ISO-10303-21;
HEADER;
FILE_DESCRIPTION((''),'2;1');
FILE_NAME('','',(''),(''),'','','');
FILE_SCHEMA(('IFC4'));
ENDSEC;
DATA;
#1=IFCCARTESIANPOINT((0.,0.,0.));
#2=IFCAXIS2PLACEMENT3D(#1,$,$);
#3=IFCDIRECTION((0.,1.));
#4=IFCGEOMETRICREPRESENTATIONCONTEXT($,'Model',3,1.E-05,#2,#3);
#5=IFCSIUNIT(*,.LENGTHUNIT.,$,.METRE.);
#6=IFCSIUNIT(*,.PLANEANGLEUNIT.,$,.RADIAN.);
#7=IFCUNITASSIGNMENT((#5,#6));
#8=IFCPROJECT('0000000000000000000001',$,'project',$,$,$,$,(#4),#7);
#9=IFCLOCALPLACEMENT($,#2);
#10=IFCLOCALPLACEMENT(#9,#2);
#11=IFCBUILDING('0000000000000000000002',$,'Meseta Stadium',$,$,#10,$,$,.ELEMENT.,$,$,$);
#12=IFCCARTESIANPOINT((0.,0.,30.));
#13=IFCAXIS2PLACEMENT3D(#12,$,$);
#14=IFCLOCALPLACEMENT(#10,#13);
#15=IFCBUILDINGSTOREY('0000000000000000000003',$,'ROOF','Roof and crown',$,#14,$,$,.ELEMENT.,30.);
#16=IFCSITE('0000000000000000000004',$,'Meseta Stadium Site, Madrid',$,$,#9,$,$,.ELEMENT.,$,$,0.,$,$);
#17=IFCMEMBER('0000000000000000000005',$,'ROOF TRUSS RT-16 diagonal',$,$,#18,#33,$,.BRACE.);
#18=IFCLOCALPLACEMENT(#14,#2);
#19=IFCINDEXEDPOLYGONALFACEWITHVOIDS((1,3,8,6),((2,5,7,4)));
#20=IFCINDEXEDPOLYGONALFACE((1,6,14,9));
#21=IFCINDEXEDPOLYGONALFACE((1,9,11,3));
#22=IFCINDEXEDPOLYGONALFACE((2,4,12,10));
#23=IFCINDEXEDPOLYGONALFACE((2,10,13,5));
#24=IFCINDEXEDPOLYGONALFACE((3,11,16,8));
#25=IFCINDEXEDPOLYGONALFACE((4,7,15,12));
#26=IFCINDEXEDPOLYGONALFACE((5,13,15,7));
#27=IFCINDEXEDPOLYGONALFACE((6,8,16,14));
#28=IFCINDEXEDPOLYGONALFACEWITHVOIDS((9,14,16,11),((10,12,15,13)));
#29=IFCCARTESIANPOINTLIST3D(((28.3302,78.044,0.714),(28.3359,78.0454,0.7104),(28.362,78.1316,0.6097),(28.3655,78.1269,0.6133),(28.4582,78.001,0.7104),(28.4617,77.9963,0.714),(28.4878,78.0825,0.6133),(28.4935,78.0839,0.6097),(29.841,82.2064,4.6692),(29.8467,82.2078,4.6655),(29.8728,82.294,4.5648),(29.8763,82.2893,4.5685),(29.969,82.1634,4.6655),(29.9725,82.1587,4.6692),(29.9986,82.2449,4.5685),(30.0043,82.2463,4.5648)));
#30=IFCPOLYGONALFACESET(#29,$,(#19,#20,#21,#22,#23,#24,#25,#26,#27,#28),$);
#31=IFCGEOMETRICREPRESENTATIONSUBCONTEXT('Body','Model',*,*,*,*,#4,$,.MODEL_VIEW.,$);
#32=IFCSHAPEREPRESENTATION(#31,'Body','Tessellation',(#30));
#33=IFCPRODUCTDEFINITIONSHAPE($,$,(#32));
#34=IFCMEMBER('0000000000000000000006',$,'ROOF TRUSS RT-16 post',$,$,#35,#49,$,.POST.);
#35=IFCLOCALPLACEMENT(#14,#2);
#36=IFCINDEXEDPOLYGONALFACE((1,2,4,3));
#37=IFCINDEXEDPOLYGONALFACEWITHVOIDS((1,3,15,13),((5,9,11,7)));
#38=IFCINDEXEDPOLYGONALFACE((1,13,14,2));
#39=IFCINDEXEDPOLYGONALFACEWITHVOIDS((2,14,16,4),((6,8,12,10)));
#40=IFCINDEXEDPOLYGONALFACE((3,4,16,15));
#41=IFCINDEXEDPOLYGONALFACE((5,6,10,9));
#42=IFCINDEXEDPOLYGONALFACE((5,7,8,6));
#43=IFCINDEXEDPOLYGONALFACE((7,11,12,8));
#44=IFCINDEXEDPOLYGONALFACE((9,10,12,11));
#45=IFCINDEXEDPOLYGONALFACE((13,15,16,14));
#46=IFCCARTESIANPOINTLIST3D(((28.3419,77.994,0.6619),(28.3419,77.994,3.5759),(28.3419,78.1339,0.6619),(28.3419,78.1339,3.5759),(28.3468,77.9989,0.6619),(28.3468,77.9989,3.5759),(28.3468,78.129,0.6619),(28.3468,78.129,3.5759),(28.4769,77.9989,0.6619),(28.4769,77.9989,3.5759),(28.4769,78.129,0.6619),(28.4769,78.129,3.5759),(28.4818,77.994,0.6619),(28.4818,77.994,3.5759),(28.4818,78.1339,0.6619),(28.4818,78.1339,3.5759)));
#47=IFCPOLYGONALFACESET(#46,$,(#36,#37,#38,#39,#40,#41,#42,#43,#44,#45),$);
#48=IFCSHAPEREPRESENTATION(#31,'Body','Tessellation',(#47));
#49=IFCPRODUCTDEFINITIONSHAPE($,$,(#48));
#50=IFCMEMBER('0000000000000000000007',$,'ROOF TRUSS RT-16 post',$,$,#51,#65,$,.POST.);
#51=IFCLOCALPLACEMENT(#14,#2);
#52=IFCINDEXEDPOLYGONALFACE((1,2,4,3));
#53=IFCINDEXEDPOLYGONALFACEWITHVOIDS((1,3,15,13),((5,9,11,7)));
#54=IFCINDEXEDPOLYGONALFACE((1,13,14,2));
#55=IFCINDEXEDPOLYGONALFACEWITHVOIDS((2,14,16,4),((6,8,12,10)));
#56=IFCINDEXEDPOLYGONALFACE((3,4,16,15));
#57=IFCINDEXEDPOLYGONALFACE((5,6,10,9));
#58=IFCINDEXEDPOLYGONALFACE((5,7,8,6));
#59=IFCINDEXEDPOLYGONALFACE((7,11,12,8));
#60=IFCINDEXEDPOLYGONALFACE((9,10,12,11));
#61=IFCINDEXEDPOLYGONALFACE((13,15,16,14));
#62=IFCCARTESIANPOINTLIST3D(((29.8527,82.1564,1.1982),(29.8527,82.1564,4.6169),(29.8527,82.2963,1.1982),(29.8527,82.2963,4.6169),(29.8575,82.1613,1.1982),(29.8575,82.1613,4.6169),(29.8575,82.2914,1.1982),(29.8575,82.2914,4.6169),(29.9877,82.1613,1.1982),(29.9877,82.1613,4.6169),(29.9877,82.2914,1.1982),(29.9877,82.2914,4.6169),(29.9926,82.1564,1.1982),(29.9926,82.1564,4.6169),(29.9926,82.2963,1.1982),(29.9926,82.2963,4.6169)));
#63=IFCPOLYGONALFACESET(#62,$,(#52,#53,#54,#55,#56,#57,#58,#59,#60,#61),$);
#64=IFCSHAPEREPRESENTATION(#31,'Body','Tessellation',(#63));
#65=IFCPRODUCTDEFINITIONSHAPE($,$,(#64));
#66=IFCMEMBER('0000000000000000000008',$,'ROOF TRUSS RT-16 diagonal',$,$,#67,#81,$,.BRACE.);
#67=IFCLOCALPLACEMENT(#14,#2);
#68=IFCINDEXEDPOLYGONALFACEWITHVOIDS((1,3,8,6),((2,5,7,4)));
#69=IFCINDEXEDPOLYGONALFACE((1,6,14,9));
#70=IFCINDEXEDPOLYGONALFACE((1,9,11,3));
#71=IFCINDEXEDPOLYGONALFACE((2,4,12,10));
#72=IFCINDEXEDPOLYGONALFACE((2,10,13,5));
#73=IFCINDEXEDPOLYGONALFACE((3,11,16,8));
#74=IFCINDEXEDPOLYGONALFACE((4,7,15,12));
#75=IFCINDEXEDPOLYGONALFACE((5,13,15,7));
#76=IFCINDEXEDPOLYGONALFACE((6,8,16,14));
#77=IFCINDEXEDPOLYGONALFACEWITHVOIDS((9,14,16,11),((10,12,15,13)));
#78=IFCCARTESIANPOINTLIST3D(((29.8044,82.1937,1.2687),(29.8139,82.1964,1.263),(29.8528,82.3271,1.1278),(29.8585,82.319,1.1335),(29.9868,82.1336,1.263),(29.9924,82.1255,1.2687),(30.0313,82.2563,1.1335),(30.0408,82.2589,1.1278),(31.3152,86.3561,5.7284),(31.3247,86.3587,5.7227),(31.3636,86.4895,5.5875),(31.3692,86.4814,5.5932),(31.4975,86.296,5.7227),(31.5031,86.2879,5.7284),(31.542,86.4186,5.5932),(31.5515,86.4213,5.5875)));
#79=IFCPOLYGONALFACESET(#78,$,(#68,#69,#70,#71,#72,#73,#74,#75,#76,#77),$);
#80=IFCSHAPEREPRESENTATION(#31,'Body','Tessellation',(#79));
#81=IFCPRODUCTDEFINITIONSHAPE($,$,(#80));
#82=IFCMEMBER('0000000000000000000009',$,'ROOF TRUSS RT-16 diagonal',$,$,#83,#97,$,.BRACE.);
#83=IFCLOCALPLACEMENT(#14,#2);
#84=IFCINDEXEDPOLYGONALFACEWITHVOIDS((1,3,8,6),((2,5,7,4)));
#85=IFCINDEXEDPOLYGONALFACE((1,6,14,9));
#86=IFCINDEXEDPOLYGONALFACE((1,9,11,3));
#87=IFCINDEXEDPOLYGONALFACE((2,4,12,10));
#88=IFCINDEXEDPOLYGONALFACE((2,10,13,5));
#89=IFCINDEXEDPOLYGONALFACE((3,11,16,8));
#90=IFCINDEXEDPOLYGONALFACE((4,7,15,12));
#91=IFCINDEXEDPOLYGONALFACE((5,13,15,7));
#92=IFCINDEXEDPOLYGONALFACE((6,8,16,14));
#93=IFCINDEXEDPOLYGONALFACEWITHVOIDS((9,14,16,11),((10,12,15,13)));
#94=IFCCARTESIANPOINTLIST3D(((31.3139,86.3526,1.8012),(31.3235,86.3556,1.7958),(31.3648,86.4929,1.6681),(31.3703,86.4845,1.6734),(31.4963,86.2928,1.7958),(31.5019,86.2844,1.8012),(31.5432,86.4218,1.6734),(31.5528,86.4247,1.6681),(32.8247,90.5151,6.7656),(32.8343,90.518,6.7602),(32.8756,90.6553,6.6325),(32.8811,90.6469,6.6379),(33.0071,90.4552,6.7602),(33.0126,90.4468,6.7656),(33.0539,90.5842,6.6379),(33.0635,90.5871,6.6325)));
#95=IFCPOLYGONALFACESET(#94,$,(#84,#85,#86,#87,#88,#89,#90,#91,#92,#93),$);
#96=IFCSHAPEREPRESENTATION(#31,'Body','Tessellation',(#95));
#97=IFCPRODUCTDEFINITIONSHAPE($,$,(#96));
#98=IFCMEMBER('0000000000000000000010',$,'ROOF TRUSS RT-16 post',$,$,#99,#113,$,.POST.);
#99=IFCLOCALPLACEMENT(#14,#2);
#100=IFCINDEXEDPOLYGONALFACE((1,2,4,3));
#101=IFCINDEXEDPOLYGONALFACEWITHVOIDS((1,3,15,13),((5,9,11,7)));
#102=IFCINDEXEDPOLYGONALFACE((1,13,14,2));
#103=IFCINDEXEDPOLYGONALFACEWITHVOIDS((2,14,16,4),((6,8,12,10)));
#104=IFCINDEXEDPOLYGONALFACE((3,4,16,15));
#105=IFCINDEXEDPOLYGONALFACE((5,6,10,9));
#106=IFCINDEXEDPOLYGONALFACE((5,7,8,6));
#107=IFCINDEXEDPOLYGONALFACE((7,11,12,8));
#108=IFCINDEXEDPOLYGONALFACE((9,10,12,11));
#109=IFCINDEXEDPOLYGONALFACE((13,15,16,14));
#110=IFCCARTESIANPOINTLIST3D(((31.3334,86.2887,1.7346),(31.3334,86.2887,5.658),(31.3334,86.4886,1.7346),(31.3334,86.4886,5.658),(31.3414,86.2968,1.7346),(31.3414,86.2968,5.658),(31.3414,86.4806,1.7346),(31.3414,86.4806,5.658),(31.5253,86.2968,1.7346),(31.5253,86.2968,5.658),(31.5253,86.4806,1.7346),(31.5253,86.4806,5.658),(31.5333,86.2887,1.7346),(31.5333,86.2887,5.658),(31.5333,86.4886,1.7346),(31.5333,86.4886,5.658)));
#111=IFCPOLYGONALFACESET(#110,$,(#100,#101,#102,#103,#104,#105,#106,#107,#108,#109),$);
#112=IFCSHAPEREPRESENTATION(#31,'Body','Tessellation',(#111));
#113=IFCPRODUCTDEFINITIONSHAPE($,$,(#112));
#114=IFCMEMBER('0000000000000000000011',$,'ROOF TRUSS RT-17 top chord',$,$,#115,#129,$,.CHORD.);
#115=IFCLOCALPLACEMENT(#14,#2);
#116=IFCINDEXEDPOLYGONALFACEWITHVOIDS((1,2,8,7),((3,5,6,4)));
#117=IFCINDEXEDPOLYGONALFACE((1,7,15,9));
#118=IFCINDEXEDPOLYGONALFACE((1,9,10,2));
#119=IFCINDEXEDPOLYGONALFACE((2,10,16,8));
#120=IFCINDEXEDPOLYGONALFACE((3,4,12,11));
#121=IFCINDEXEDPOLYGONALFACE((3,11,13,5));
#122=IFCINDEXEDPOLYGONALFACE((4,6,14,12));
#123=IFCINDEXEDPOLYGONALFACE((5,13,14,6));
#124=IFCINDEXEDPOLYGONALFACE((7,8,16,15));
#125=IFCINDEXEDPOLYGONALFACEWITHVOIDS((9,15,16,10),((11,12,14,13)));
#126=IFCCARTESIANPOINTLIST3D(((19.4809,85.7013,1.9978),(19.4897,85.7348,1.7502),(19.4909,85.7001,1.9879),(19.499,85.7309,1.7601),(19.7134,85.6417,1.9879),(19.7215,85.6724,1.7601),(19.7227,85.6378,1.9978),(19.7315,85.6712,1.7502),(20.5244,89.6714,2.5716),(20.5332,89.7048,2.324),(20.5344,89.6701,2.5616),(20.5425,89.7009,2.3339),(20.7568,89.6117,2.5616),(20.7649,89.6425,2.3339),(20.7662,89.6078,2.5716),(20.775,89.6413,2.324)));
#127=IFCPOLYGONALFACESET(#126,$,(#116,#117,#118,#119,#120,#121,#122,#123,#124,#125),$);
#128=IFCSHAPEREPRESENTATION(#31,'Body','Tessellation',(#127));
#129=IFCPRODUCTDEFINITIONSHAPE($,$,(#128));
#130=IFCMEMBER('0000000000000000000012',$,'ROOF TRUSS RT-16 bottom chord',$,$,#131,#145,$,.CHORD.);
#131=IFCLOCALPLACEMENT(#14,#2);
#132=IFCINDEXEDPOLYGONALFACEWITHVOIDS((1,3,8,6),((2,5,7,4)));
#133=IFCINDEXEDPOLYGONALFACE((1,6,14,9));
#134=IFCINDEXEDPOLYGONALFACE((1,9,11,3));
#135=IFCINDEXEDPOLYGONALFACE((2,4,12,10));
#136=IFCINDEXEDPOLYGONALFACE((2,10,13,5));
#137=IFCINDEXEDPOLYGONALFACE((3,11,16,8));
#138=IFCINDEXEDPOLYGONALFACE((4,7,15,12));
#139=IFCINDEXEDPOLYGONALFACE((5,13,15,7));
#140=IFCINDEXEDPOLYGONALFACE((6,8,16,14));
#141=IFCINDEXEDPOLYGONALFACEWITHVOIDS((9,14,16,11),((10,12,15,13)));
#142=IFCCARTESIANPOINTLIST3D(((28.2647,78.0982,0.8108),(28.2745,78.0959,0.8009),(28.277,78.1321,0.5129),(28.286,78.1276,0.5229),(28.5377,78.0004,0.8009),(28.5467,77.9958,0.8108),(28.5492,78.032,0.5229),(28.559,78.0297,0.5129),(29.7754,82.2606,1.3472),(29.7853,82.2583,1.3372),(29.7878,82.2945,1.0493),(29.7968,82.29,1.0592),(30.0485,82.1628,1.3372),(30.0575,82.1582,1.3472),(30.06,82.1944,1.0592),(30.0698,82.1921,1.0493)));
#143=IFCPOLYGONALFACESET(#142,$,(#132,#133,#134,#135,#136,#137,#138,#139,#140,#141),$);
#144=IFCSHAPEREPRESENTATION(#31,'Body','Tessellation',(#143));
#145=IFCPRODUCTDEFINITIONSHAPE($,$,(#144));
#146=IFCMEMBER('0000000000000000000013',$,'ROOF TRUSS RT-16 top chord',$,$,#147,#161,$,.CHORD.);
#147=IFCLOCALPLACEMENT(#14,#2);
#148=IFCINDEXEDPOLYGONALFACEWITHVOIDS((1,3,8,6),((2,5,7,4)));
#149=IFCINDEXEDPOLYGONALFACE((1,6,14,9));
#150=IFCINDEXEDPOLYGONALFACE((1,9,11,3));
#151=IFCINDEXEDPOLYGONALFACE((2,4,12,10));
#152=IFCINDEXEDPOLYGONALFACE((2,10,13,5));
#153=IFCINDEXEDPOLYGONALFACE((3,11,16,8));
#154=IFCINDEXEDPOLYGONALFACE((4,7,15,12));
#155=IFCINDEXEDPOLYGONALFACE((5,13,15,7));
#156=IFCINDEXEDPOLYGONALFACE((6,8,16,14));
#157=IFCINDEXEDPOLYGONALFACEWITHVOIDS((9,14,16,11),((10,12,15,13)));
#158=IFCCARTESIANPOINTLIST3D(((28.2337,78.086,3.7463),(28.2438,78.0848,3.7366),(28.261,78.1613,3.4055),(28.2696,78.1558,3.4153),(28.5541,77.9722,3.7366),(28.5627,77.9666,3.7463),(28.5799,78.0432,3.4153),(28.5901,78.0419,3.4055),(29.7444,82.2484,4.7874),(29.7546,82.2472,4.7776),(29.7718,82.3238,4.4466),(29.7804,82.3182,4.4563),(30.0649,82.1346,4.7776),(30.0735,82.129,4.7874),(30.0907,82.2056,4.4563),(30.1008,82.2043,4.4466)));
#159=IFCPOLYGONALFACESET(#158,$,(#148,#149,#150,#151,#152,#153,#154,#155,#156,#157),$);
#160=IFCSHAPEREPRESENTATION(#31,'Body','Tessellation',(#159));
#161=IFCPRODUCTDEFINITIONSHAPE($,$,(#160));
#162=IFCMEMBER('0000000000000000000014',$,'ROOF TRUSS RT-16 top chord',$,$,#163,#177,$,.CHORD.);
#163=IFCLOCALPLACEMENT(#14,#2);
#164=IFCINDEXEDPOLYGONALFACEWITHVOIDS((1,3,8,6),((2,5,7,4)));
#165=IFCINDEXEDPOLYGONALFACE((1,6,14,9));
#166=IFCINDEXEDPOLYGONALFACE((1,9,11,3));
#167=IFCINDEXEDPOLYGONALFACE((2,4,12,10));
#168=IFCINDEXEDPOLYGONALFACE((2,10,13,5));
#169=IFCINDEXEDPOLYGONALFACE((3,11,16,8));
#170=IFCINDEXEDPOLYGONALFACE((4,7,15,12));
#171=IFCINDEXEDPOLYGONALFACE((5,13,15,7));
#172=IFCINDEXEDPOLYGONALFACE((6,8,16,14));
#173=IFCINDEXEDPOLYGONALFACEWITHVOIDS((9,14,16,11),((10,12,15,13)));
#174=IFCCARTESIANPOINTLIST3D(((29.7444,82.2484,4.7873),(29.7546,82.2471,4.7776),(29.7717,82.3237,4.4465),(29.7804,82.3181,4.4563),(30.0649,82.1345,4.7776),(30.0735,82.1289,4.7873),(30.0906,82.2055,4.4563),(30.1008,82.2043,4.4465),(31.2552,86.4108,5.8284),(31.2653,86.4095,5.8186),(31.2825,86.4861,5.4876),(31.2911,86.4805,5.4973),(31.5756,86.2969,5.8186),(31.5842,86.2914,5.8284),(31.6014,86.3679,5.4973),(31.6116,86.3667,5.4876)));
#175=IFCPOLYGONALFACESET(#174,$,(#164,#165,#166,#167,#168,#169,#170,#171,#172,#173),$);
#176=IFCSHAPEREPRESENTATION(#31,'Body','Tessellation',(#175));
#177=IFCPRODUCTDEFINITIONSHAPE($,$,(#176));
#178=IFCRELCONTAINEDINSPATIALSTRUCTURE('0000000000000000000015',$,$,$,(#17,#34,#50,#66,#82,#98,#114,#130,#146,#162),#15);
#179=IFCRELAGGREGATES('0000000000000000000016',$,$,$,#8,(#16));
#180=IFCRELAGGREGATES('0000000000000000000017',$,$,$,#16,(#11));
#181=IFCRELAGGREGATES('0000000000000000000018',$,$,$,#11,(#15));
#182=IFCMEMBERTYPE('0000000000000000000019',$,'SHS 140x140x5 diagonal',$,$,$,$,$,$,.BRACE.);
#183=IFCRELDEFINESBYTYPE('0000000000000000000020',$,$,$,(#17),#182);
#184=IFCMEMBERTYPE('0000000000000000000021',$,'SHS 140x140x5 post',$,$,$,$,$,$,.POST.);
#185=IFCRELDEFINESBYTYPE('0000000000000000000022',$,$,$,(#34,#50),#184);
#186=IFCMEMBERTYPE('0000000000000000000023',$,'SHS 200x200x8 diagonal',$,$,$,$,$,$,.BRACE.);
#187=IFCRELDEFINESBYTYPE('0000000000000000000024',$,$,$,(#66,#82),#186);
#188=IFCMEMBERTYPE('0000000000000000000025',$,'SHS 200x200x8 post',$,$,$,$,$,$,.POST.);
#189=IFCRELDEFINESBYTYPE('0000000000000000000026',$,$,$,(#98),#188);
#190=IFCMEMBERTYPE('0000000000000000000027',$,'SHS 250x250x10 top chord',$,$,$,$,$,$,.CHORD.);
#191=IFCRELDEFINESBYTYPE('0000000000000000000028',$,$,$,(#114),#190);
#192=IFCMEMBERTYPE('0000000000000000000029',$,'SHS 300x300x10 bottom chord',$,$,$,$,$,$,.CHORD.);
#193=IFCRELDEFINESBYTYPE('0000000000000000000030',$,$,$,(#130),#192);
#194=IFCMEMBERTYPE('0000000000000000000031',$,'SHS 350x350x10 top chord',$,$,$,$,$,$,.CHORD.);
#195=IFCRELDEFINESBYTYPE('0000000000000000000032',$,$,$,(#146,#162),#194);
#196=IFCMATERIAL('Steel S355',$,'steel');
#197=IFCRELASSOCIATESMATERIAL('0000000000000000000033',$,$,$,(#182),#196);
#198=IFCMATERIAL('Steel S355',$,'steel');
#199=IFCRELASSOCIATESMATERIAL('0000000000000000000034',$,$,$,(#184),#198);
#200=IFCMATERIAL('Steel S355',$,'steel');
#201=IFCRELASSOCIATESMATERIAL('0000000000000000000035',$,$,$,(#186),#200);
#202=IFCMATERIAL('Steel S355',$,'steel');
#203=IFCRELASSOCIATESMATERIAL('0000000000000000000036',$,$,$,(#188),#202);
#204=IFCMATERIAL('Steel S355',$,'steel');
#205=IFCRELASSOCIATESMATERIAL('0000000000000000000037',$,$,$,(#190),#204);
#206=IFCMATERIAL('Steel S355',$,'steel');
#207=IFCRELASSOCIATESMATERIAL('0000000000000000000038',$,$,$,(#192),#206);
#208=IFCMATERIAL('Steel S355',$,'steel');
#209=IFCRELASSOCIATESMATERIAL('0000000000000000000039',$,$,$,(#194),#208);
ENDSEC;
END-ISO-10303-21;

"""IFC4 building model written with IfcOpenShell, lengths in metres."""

from ifc_helpers import new_model, si_unit, direction, frame, origin, origin_2d, place, context, subcontext, project, spatial, hollow_rectangle, extrude, material, material_profile, profile_set, type_object, element, save


model = new_model("IFC4")

# Units and contexts
model_context = context("Model", 3, precision=1e-05, world=origin(), true_north=direction((0.0, 1.0)))
body_context = subcontext(model_context, "Body", "Model", "MODEL_VIEW")
ifc_project = project(units=[si_unit("LENGTHUNIT", "METRE"), si_unit("PLANEANGLEUNIT", "RADIAN")], contexts=[model_context])

# Site, building, storey
site_placement = place(None, origin())
site = spatial("IfcSite", under=ifc_project, at=site_placement, Name="Meseta Stadium Site, Madrid", CompositionType="ELEMENT", RefElevation=0.0)
building_placement = place(site_placement, origin())
building = spatial("IfcBuilding", under=site, at=building_placement, Name="Meseta Stadium", CompositionType="ELEMENT")
storey_placement = place(building_placement, frame((0.0, 0.0, 30.0)))
storey = spatial("IfcBuildingStorey", under=building, at=storey_placement, Name="ROOF", Description="Roof and crown", CompositionType="ELEMENT", Elevation=30.0)

# Members
ifc_material_1 = material(Name="Steel S355", Category="steel")
ifc_material_profile_1 = material_profile(ifc_material_1, hollow_rectangle(XDim=0.1399, YDim=0.1399, WallThickness=0.0049, at=origin_2d()), Name="SHS 140x140x5")
ifc_profile_set_1 = profile_set([ifc_material_profile_1], Name="Steel S355")
member_type_1 = type_object("IfcMemberType", Name="SHS 140x140x5 diagonal", PredefinedType="BRACE", material=ifc_profile_set_1)
member_1_placement = place(storey_placement, frame((28.4119, 78.064, 0.6619), z_axis=(0.254454, 0.701065, 0.666154), x_axis=(-0.939999, 0.341176, 0.0)))
element("IfcMember", 1, at=member_1_placement, inside=storey, type_object=member_type_1, Name="ROOF TRUSS RT-16 diagonal", PredefinedType="BRACE", context=body_context, shape_type="SweptSolid", body=[
    extrude(hollow_rectangle(XDim=0.1399, YDim=0.1399, WallThickness=0.0049, at=origin_2d()), origin(), (0.0, 0.0, 1.0), 5.9373),
])
ifc_material_2 = material(Name="Steel S355", Category="steel")
ifc_material_profile_2 = material_profile(ifc_material_2, hollow_rectangle(XDim=0.1399, YDim=0.1399, WallThickness=0.0049, at=origin_2d()), Name="SHS 140x140x5")
ifc_profile_set_2 = profile_set([ifc_material_profile_2], Name="Steel S355")
member_type_2 = type_object("IfcMemberType", Name="SHS 140x140x5 post", PredefinedType="POST", material=ifc_profile_set_2)
member_2_placement = place(storey_placement, frame((28.4119, 78.064, 0.6619), z_axis=(0.0, 0.0, 1.0), x_axis=(1.0, 0.0, 0.0)))
element("IfcMember", 2, at=member_2_placement, inside=storey, type_object=member_type_2, Name="ROOF TRUSS RT-16 post", PredefinedType="POST", context=body_context, shape_type="SweptSolid", body=[
    extrude(hollow_rectangle(XDim=0.1399, YDim=0.1399, WallThickness=0.0049, at=origin_2d()), origin(), (0.0, 0.0, 1.0), 2.9141),
])
member_3_placement = place(storey_placement, frame((29.9226, 82.2263, 1.1982), z_axis=(0.0, 0.0, 1.0), x_axis=(1.0, 0.0, 0.0)))
element("IfcMember", 3, at=member_3_placement, inside=storey, type_object=member_type_2, Name="ROOF TRUSS RT-16 post", PredefinedType="POST", context=body_context, shape_type="SweptSolid", body=[
    extrude(hollow_rectangle(XDim=0.1399, YDim=0.1399, WallThickness=0.0049, at=origin_2d()), origin(), (0.0, 0.0, 1.0), 3.4187),
])
ifc_material_3 = material(Name="Steel S355", Category="steel")
ifc_material_profile_3 = material_profile(ifc_material_3, hollow_rectangle(XDim=0.2, YDim=0.2, WallThickness=0.0081, at=origin_2d()), Name="SHS 200x200x8")
ifc_profile_set_3 = profile_set([ifc_material_profile_3], Name="Steel S355")
member_type_3 = type_object("IfcMemberType", Name="SHS 200x200x8 diagonal", PredefinedType="BRACE", material=ifc_profile_set_3)
member_4_placement = place(storey_placement, frame((29.9226, 82.2263, 1.1982), z_axis=(0.240387, 0.662307, 0.709623), x_axis=(-0.939999, 0.341176, 0.0)))
element("IfcMember", 4, at=member_4_placement, inside=storey, type_object=member_type_3, Name="ROOF TRUSS RT-16 diagonal", PredefinedType="BRACE", context=body_context, shape_type="SweptSolid", body=[
    extrude(hollow_rectangle(XDim=0.2, YDim=0.2, WallThickness=0.0081, at=origin_2d()), origin(), (0.0, 0.0, 1.0), 6.2847),
])
member_5_placement = place(storey_placement, frame((31.4333, 86.3887, 1.7346), z_axis=(0.227103, 0.625707, 0.746268), x_axis=(-0.939999, 0.341176, 0.0)))
element("IfcMember", 5, at=member_5_placement, inside=storey, type_object=member_type_3, Name="ROOF TRUSS RT-16 diagonal", PredefinedType="BRACE", context=body_context, shape_type="SweptSolid", body=[
    extrude(hollow_rectangle(XDim=0.2, YDim=0.2, WallThickness=0.0081, at=origin_2d()), origin(), (0.0, 0.0, 1.0), 6.6523),
])
ifc_material_4 = material(Name="Steel S355", Category="steel")
ifc_material_profile_4 = material_profile(ifc_material_4, hollow_rectangle(XDim=0.2, YDim=0.2, WallThickness=0.0081, at=origin_2d()), Name="SHS 200x200x8")
ifc_profile_set_4 = profile_set([ifc_material_profile_4], Name="Steel S355")
member_type_4 = type_object("IfcMemberType", Name="SHS 200x200x8 post", PredefinedType="POST", material=ifc_profile_set_4)
member_6_placement = place(storey_placement, frame((31.4333, 86.3887, 1.7346), z_axis=(0.0, 0.0, 1.0), x_axis=(1.0, 0.0, 0.0)))
element("IfcMember", 6, at=member_6_placement, inside=storey, type_object=member_type_4, Name="ROOF TRUSS RT-16 post", PredefinedType="POST", context=body_context, shape_type="SweptSolid", body=[
    extrude(hollow_rectangle(XDim=0.2, YDim=0.2, WallThickness=0.0081, at=origin_2d()), origin(), (0.0, 0.0, 1.0), 3.9233),
])
ifc_material_5 = material(Name="Steel S355", Category="steel")
ifc_material_profile_5 = material_profile(ifc_material_5, hollow_rectangle(XDim=0.25, YDim=0.25, WallThickness=0.01, at=origin_2d()), Name="SHS 250x250x10")
ifc_profile_set_5 = profile_set([ifc_material_profile_5], Name="Steel S355")
member_type_5 = type_object("IfcMemberType", Name="SHS 250x250x10 top chord", PredefinedType="CHORD", material=ifc_profile_set_5)
member_7_placement = place(storey_placement, frame((19.6062, 85.6863, 1.874), z_axis=(0.251756, 0.95784, 0.138425), x_axis=(-0.967151, 0.254203, 0.0)))
element("IfcMember", 7, at=member_7_placement, inside=storey, type_object=member_type_5, Name="ROOF TRUSS RT-17 top chord", PredefinedType="CHORD", context=body_context, shape_type="SweptSolid", body=[
    extrude(hollow_rectangle(XDim=0.25, YDim=0.25, WallThickness=0.01, at=origin_2d()), origin(), (0.0, 0.0, 1.0), 4.1448),
])
ifc_material_6 = material(Name="Steel S355", Category="steel")
ifc_material_profile_6 = material_profile(ifc_material_6, hollow_rectangle(XDim=0.3, YDim=0.3, WallThickness=0.01, at=origin_2d()), Name="SHS 300x300x10")
ifc_profile_set_6 = profile_set([ifc_material_profile_6], Name="Steel S355")
member_type_6 = type_object("IfcMemberType", Name="SHS 300x300x10 bottom chord", PredefinedType="CHORD", material=ifc_profile_set_6)
member_8_placement = place(storey_placement, frame((28.4119, 78.064, 0.6619), z_axis=(0.338701, 0.933178, 0.120253), x_axis=(-0.939999, 0.341176, 0.0)))
element("IfcMember", 8, at=member_8_placement, inside=storey, type_object=member_type_6, Name="ROOF TRUSS RT-16 bottom chord", PredefinedType="CHORD", context=body_context, shape_type="SweptSolid", body=[
    extrude(hollow_rectangle(XDim=0.3, YDim=0.3, WallThickness=0.01, at=origin_2d()), origin(), (0.0, 0.0, 1.0), 4.4604),
])
ifc_material_7 = material(Name="Steel S355", Category="steel")
ifc_material_profile_7 = material_profile(ifc_material_7, hollow_rectangle(XDim=0.3501, YDim=0.3501, WallThickness=0.01, at=origin_2d()), Name="SHS 350x350x10")
ifc_profile_set_7 = profile_set([ifc_material_profile_7], Name="Steel S355")
member_type_7 = type_object("IfcMemberType", Name="SHS 350x350x10 top chord", PredefinedType="CHORD", material=ifc_profile_set_7)
for number, where, z_axis, x_axis, name in (
    (9, (28.4119, 78.064, 3.5759), (0.332122, 0.915052, 0.228857), (-0.939999, 0.341176, 0.0), "ROOF TRUSS RT-16 top chord"),
    (10, (29.9226, 82.2263, 4.6169), (0.332122, 0.915052, 0.228857), (-0.939999, 0.341176, 0.0), "ROOF TRUSS RT-16 top chord"),
):
    element("IfcMember", number, at=place(storey_placement, frame(where, z_axis=z_axis, x_axis=x_axis)), inside=storey, type_object=member_type_7, Name=name, PredefinedType="CHORD", context=body_context, shape_type="SweptSolid", body=[
        extrude(hollow_rectangle(XDim=0.3501, YDim=0.3501, WallThickness=0.01, at=origin_2d()), origin(), (0.0, 0.0, 1.0), 4.5488),
    ])

save(model, "model.ifc")
